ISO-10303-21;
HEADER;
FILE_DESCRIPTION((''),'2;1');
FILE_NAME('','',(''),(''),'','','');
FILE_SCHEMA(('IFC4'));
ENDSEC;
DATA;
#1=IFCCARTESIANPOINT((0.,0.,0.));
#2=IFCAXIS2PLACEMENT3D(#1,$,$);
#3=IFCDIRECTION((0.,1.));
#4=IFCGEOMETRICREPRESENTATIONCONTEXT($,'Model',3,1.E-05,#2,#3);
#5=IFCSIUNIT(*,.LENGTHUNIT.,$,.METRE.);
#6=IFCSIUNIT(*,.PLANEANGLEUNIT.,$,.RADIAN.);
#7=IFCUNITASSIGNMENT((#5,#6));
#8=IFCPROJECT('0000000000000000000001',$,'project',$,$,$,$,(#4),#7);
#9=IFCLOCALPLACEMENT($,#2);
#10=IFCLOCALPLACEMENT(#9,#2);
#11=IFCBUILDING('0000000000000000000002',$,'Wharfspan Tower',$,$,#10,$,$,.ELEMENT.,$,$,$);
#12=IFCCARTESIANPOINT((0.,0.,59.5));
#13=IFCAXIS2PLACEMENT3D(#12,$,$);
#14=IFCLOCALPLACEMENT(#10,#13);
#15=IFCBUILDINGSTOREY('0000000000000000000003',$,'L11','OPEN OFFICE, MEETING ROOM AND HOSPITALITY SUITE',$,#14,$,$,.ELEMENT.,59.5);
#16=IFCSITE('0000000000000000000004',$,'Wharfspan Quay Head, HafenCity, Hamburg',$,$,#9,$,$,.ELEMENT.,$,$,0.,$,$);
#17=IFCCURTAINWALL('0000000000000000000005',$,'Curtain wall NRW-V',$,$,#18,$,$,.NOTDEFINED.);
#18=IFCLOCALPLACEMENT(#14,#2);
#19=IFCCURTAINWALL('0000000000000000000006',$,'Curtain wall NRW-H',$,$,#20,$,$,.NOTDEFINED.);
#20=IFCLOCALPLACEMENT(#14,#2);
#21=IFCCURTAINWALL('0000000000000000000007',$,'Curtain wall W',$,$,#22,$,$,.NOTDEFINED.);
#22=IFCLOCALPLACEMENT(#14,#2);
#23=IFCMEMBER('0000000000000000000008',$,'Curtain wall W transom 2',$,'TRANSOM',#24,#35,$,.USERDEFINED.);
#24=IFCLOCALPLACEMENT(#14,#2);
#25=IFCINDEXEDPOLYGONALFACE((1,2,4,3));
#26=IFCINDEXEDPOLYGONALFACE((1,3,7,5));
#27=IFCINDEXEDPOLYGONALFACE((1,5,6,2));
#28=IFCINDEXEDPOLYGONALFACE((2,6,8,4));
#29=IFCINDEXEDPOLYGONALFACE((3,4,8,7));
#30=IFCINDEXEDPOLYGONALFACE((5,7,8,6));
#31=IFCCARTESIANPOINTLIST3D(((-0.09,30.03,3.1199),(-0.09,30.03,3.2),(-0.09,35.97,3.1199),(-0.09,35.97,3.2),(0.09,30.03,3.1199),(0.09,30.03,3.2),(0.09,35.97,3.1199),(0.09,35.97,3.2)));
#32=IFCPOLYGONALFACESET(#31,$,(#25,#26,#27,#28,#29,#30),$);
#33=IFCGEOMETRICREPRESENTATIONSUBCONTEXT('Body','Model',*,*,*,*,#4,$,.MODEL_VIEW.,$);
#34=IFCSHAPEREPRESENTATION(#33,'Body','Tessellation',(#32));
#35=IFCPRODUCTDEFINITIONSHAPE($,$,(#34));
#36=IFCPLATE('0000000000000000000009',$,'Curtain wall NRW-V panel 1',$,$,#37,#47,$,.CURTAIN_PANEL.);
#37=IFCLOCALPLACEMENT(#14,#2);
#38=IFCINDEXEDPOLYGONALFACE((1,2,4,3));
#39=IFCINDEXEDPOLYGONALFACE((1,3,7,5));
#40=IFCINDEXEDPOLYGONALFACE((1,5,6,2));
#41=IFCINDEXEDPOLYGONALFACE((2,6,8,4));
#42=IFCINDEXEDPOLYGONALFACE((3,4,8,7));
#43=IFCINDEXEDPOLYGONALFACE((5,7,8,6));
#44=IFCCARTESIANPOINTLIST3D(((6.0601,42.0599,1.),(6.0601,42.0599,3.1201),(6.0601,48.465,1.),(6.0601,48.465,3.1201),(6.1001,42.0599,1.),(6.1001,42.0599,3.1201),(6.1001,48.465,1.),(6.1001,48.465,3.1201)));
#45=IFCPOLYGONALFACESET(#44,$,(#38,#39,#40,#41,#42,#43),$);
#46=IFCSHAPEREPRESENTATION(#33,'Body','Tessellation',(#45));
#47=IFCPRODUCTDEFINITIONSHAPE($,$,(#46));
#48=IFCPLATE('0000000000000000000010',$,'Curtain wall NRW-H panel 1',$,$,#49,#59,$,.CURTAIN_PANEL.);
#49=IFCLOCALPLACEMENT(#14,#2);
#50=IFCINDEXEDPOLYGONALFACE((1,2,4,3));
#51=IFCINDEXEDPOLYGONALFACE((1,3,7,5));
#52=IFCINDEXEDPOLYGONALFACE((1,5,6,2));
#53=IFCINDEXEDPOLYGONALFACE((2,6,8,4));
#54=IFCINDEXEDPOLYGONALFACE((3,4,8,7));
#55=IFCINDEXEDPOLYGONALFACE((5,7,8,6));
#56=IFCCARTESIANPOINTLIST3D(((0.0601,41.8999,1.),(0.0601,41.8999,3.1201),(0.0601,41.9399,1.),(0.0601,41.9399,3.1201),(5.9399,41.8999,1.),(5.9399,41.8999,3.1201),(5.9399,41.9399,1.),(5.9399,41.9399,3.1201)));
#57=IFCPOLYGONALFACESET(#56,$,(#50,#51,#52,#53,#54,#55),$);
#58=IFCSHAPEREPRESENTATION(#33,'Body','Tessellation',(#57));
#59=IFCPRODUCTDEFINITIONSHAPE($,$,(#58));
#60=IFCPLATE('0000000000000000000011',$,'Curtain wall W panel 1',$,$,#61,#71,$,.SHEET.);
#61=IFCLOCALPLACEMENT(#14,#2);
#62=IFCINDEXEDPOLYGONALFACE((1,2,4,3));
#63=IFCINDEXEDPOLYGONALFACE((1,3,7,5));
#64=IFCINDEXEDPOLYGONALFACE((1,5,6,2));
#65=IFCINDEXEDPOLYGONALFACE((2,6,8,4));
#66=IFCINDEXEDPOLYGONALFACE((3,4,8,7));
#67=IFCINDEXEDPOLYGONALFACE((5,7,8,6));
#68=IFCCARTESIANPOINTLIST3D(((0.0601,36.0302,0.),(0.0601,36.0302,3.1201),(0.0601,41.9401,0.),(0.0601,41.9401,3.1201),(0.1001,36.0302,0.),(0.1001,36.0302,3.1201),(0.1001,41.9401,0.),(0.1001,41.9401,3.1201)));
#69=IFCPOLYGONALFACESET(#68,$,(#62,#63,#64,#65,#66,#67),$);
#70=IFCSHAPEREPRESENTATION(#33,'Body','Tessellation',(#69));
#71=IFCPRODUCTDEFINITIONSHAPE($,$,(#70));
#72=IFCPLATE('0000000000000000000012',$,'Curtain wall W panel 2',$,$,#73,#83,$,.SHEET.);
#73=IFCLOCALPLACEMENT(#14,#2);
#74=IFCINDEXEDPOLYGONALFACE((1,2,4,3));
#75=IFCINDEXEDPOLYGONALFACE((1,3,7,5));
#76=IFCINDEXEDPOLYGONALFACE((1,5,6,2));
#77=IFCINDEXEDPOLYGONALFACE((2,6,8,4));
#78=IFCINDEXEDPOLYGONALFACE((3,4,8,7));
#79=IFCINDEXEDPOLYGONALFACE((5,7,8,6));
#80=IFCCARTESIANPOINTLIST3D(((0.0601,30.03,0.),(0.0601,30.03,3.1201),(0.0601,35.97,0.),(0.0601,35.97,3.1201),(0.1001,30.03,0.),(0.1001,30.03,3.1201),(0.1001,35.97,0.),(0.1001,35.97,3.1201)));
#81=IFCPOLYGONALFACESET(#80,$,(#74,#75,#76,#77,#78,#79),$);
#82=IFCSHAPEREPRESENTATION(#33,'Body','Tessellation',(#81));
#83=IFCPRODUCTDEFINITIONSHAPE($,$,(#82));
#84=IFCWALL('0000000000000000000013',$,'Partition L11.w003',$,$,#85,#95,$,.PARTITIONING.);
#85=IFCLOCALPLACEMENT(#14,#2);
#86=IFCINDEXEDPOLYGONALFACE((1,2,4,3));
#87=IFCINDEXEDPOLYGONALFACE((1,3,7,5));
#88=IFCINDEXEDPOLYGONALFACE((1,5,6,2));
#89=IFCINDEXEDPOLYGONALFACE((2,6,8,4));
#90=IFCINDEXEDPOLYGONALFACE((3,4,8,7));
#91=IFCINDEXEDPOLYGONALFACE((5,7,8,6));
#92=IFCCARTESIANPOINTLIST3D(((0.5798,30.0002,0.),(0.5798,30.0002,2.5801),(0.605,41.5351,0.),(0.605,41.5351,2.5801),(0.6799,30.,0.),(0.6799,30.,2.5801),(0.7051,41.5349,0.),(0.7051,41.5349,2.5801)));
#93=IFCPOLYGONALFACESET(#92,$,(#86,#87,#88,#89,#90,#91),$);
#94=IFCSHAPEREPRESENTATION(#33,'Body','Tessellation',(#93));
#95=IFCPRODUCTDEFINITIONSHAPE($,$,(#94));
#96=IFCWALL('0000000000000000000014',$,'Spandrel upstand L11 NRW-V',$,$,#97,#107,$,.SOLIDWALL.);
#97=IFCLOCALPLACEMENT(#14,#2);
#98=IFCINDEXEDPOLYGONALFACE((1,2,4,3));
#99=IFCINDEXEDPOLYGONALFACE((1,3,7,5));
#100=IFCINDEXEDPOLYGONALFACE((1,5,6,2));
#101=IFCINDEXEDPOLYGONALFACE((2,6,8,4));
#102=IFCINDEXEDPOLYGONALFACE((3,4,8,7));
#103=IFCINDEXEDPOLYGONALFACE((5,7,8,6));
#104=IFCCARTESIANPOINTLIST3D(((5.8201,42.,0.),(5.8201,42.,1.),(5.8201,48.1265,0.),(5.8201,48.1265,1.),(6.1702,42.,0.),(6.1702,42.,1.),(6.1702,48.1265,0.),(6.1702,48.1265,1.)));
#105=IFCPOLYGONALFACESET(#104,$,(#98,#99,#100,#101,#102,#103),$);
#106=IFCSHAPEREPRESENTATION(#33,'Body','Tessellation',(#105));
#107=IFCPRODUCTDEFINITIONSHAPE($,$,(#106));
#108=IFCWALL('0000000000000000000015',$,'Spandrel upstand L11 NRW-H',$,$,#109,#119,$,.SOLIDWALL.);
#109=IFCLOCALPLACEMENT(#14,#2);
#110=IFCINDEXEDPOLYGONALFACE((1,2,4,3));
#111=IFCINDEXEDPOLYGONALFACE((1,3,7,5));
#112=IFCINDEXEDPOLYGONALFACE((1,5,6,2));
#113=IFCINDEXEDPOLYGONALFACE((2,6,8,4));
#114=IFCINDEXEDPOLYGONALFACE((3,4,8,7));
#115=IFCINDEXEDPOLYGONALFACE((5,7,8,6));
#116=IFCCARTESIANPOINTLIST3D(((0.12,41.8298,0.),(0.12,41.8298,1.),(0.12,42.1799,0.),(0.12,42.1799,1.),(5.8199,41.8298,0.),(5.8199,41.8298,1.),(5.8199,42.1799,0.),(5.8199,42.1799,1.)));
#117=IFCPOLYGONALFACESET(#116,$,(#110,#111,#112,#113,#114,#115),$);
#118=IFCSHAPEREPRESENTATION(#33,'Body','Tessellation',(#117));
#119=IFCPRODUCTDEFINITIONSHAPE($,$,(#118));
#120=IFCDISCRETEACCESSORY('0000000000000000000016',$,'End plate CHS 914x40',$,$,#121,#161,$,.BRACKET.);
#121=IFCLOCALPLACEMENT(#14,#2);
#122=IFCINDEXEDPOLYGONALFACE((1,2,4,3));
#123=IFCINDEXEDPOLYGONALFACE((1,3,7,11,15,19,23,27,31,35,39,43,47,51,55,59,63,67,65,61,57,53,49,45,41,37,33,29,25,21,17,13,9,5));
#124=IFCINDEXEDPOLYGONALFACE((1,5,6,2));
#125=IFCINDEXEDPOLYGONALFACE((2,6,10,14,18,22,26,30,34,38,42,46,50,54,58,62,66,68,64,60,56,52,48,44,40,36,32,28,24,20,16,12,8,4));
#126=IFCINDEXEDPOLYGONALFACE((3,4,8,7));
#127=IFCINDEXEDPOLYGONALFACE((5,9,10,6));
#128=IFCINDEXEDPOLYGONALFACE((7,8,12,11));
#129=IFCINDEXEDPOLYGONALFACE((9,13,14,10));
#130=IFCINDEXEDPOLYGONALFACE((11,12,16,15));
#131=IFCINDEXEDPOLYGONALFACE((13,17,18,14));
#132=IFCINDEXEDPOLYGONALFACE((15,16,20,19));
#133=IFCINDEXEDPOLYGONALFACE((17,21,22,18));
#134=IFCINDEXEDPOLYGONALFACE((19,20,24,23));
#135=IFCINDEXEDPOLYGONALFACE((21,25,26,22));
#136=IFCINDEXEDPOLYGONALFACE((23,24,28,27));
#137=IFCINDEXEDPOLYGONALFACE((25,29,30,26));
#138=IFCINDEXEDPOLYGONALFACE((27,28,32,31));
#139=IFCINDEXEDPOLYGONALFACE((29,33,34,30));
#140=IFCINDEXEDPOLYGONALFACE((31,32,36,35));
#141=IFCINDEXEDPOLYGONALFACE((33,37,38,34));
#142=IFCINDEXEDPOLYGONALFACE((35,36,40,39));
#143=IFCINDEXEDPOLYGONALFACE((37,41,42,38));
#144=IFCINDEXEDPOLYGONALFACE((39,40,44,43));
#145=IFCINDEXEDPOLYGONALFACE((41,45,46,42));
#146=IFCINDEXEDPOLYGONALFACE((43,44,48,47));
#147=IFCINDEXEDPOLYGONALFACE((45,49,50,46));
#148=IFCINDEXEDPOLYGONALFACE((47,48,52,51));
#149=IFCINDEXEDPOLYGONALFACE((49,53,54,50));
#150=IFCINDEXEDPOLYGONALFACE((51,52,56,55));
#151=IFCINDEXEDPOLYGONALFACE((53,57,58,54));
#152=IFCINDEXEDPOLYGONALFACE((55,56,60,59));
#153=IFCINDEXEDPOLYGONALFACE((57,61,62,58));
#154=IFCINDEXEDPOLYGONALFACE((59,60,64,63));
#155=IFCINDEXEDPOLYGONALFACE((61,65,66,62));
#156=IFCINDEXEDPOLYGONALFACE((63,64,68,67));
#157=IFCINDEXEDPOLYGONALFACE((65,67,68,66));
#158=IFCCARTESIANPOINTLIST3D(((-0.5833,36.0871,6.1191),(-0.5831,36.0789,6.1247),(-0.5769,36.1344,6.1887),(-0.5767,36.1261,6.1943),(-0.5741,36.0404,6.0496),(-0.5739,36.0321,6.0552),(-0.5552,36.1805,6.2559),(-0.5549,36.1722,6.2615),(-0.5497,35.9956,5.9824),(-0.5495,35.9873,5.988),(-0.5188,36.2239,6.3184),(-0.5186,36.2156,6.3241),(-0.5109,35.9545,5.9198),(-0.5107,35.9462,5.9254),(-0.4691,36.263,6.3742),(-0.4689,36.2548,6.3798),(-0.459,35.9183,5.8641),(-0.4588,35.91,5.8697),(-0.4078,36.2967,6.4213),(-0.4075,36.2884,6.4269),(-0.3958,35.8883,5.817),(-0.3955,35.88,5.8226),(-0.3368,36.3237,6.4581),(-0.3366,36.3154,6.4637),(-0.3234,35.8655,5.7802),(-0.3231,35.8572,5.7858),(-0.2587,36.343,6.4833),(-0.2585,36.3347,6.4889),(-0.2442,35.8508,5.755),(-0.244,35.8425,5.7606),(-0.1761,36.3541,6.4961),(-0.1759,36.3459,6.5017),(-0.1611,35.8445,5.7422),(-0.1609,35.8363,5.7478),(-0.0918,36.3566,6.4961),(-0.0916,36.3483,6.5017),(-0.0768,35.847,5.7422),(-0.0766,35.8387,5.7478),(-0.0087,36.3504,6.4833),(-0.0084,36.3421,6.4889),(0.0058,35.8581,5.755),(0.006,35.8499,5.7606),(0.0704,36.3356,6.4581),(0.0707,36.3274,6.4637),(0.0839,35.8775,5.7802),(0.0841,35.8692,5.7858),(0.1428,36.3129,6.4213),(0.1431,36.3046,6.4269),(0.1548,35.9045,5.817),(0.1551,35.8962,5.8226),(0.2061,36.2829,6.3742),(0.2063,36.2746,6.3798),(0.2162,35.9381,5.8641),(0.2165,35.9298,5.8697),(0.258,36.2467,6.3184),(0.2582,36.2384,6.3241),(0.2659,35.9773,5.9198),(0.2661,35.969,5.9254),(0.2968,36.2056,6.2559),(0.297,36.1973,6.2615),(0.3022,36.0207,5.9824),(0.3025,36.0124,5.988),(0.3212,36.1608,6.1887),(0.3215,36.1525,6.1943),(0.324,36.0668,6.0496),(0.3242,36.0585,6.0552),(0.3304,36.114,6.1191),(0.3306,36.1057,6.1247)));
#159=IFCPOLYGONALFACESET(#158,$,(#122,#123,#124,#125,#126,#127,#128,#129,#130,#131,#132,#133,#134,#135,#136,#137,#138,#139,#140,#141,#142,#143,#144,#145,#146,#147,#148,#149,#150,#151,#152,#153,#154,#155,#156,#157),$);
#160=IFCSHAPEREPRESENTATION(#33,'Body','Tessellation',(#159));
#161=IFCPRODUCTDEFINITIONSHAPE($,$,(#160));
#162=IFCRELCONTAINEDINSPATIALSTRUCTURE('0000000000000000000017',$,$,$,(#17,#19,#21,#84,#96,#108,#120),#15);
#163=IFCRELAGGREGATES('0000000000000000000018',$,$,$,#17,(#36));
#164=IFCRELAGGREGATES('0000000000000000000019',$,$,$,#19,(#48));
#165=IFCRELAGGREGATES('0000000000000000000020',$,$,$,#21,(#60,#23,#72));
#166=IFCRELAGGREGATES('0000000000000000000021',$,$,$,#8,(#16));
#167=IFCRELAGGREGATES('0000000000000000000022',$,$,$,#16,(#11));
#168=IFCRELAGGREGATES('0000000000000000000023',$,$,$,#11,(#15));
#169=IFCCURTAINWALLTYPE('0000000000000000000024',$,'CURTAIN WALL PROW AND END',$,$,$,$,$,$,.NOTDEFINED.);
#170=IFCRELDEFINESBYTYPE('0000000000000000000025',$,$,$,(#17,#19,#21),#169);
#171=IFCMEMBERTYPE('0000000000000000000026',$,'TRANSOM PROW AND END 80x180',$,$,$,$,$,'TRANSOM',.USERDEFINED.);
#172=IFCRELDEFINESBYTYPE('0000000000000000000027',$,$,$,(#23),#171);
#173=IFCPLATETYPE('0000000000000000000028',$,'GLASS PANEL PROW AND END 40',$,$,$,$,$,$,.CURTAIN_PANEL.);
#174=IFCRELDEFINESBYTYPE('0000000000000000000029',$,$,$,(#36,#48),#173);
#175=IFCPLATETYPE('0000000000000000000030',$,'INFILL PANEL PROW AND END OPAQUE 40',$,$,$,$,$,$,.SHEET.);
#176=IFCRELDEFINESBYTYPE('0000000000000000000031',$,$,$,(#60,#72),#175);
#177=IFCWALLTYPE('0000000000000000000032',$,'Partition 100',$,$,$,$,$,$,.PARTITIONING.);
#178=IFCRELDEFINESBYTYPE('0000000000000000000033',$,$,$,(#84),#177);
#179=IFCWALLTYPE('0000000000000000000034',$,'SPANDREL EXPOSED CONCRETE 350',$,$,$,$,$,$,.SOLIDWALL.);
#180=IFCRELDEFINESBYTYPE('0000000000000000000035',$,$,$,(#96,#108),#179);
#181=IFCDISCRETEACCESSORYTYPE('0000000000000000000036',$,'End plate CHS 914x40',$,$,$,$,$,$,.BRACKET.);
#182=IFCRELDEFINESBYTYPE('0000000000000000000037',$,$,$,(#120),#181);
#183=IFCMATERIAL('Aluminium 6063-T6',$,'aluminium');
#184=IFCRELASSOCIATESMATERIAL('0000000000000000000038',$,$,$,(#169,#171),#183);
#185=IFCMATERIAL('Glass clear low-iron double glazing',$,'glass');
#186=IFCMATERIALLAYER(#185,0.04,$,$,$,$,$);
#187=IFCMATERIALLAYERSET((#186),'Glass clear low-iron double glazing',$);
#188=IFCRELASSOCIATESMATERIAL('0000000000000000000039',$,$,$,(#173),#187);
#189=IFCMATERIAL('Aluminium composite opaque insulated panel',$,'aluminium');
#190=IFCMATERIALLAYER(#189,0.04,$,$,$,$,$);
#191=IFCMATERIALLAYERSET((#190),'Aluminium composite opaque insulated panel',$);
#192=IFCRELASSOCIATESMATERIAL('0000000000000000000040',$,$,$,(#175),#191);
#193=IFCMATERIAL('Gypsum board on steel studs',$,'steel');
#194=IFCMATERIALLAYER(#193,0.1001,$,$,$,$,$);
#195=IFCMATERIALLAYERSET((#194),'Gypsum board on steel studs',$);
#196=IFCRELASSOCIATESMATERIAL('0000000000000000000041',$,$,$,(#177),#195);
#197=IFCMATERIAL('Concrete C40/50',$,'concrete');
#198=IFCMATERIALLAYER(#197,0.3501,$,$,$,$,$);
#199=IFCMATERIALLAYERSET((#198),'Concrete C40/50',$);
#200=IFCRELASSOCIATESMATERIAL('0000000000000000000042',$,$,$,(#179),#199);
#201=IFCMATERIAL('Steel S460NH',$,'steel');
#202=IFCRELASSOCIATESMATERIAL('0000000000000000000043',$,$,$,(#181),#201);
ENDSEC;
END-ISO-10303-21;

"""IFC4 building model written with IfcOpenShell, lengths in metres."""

from ifc_helpers import new_model, si_unit, direction, frame, frame_2d, origin, origin_2d, place, context, subcontext, project, spatial, rectangle, circle, extrude, material, layer, layer_set, material_profile, profile_set, type_object, element, aggregate, save


model = new_model("IFC4")

# Units and contexts
model_context = context("Model", 3, precision=1e-05, world=origin(), true_north=direction((0.0, 1.0)))
body_context = subcontext(model_context, "Body", "Model", "MODEL_VIEW")
ifc_project = project(units=[si_unit("LENGTHUNIT", "METRE"), si_unit("PLANEANGLEUNIT", "RADIAN")], contexts=[model_context])

# Site, building, storey
site_placement = place(None, origin())
site = spatial("IfcSite", under=ifc_project, at=site_placement, Name="Wharfspan Quay Head, HafenCity, Hamburg", CompositionType="ELEMENT", RefElevation=0.0)
building_placement = place(site_placement, origin())
building = spatial("IfcBuilding", under=site, at=building_placement, Name="Wharfspan Tower", CompositionType="ELEMENT")
storey_placement = place(building_placement, frame((0.0, 0.0, 59.5)))
storey = spatial("IfcBuildingStorey", under=building, at=storey_placement, Name="L11", Description="OPEN OFFICE, MEETING ROOM AND HOSPITALITY SUITE", CompositionType="ELEMENT", Elevation=59.5)

# Curtain walls
ifc_material_1 = material(Name="Aluminium 6063-T6", Category="aluminium")
curtain_wall_type = type_object("IfcCurtainWallType", Name="CURTAIN WALL PROW AND END", PredefinedType="NOTDEFINED", material=ifc_material_1)
curtain_wall_1_placement = place(storey_placement, origin())
curtain_wall_1 = element("IfcCurtainWall", 1, at=curtain_wall_1_placement, inside=storey, type_object=curtain_wall_type, Name="Curtain wall NRW-V", PredefinedType="NOTDEFINED")
curtain_wall_2_placement = place(storey_placement, origin())
curtain_wall_2 = element("IfcCurtainWall", 2, at=curtain_wall_2_placement, inside=storey, type_object=curtain_wall_type, Name="Curtain wall NRW-H", PredefinedType="NOTDEFINED")
curtain_wall_3_placement = place(storey_placement, origin())
curtain_wall_3 = element("IfcCurtainWall", 3, at=curtain_wall_3_placement, inside=storey, type_object=curtain_wall_type, Name="Curtain wall W", PredefinedType="NOTDEFINED")

# Shared definitions
ifc_material_2 = material(Name="Steel S460NH", Category="steel")

# Member
ifc_material_profile_1 = material_profile(ifc_material_1, rectangle(XDim=0.1799, YDim=0.0801, at=origin_2d()))
ifc_profile_set_1 = profile_set([ifc_material_profile_1], Name="Aluminium 6063-T6")
member_type_1 = type_object("IfcMemberType", Name="TRANSOM PROW AND END 80x180", ElementType="TRANSOM", PredefinedType="USERDEFINED", material=ifc_profile_set_1)
member_1_placement = place(storey_placement, frame((0.0, 35.97, 3.1599), z_axis=(0.0, -1.0, 0.0), x_axis=(1.0, 0.0, 0.0)))
member_1 = element("IfcMember", 4, at=member_1_placement, type_object=member_type_1, Name="Curtain wall W transom 2", ObjectType="TRANSOM", PredefinedType="USERDEFINED", context=body_context, shape_type="SweptSolid", body=[
    extrude(rectangle(XDim=0.1799, YDim=0.0801, at=origin_2d()), origin(), (0.0, 0.0, 1.0), 5.9399),
])

# Plates
ifc_material_3 = material(Name="Glass clear low-iron double glazing", Category="glass")
ifc_layer_1 = layer(ifc_material_3, 0.04)
ifc_layer_set_1 = layer_set([ifc_layer_1], Name="Glass clear low-iron double glazing")
plate_type_1 = type_object("IfcPlateType", Name="GLASS PANEL PROW AND END 40", PredefinedType="CURTAIN_PANEL", material=ifc_layer_set_1)
plate_1_placement = place(storey_placement, frame((6.0801, 45.2625, 1.0), z_axis=(0.0, 0.0, 1.0), x_axis=(0.0, -1.0, 0.0)))
plate_1 = element("IfcPlate", 5, at=plate_1_placement, type_object=plate_type_1, Name="Curtain wall NRW-V panel 1", PredefinedType="CURTAIN_PANEL", context=body_context, shape_type="SweptSolid", body=[
    extrude(rectangle(XDim=6.405, YDim=0.04, at=origin_2d()), origin(), (0.0, 0.0, 1.0), 2.1201),
])
aggregate(curtain_wall_1, [plate_1])
plate_2_placement = place(storey_placement, frame((3.0, 41.9199, 1.0), z_axis=(0.0, 0.0, 1.0), x_axis=(-1.0, 0.0, 0.0)))
plate_2 = element("IfcPlate", 6, at=plate_2_placement, type_object=plate_type_1, Name="Curtain wall NRW-H panel 1", PredefinedType="CURTAIN_PANEL", context=body_context, shape_type="SweptSolid", body=[
    extrude(rectangle(XDim=5.8799, YDim=0.04, at=origin_2d()), origin(), (0.0, 0.0, 1.0), 2.1201),
])
aggregate(curtain_wall_2, [plate_2])
ifc_material_4 = material(Name="Aluminium composite opaque insulated panel", Category="aluminium")
ifc_layer_2 = layer(ifc_material_4, 0.04)
ifc_layer_set_2 = layer_set([ifc_layer_2], Name="Aluminium composite opaque insulated panel")
plate_type_2 = type_object("IfcPlateType", Name="INFILL PANEL PROW AND END OPAQUE 40", PredefinedType="SHEET", material=ifc_layer_set_2)
plate_3_placement = place(storey_placement, frame((0.0801, 38.9851, 0.0), z_axis=(0.0, 0.0, 1.0), x_axis=(0.0, -1.0, 0.0)))
plate_3 = element("IfcPlate", 7, at=plate_3_placement, type_object=plate_type_2, Name="Curtain wall W panel 1", PredefinedType="SHEET", context=body_context, shape_type="SweptSolid", body=[
    extrude(rectangle(XDim=5.9099, YDim=0.04, at=origin_2d()), origin(), (0.0, 0.0, 1.0), 3.1201),
])
plate_4_placement = place(storey_placement, frame((0.0801, 33.0, 0.0), z_axis=(0.0, 0.0, 1.0), x_axis=(0.0, -1.0, 0.0)))
plate_4 = element("IfcPlate", 8, at=plate_4_placement, type_object=plate_type_2, Name="Curtain wall W panel 2", PredefinedType="SHEET", context=body_context, shape_type="SweptSolid", body=[
    extrude(rectangle(XDim=5.9399, YDim=0.04, at=origin_2d()), origin(), (0.0, 0.0, 1.0), 3.1201),
])
aggregate(curtain_wall_3, [plate_3, member_1, plate_4])

# Walls
ifc_material_5 = material(Name="Gypsum board on steel studs", Category="steel")
ifc_layer_3 = layer(ifc_material_5, 0.1001)
ifc_layer_set_3 = layer_set([ifc_layer_3], Name="Gypsum board on steel studs")
wall_type_1 = type_object("IfcWallType", Name="Partition 100", PredefinedType="PARTITIONING", material=ifc_layer_set_3)
wall_1_placement = place(storey_placement, frame((0.6299, 30.0, 0.0), z_axis=(0.0, 0.0, 1.0), x_axis=(0.00218, 0.999994, 0.0)))
element("IfcWall", 9, at=wall_1_placement, inside=storey, type_object=wall_type_1, Name="Partition L11.w003", PredefinedType="PARTITIONING", context=body_context, shape_type="SweptSolid", body=[
    extrude(rectangle(XDim=11.5349, YDim=0.1001, at=frame_2d((5.7676, 0.0))), origin(), (0.0, 0.0, 1.0), 2.5801),
])
ifc_material_6 = material(Name="Concrete C40/50", Category="concrete")
ifc_layer_4 = layer(ifc_material_6, 0.3501)
ifc_layer_set_4 = layer_set([ifc_layer_4], Name="Concrete C40/50")
wall_type_2 = type_object("IfcWallType", Name="SPANDREL EXPOSED CONCRETE 350", PredefinedType="SOLIDWALL", material=ifc_layer_set_4)
wall_2_placement = place(storey_placement, frame((5.9951, 48.1265, 0.0), z_axis=(0.0, 0.0, 1.0), x_axis=(0.0, -1.0, 0.0)))
element("IfcWall", 10, at=wall_2_placement, inside=storey, type_object=wall_type_2, Name="Spandrel upstand L11 NRW-V", PredefinedType="SOLIDWALL", context=body_context, shape_type="SweptSolid", body=[
    extrude(rectangle(XDim=6.1265, YDim=0.3501, at=frame_2d((3.0632, 0.0))), origin(), (0.0, 0.0, 1.0), 1.0),
])
wall_3_placement = place(storey_placement, frame((5.8201, 42.0049, 0.0), z_axis=(0.0, 0.0, 1.0), x_axis=(-1.0, 0.0, 0.0)))
element("IfcWall", 11, at=wall_3_placement, inside=storey, type_object=wall_type_2, Name="Spandrel upstand L11 NRW-H", PredefinedType="SOLIDWALL", context=body_context, shape_type="SweptSolid", body=[
    extrude(rectangle(XDim=5.7, YDim=0.3501, at=frame_2d((2.8501, 0.0))), origin(), (0.0, 0.0, 1.0), 1.0),
])

# Discrete accessory
ifc_material_profile_2 = material_profile(ifc_material_2, circle(Radius=0.457, at=origin_2d()))
ifc_profile_set_2 = profile_set([ifc_material_profile_2], Name="Steel S460NH")
discrete_accessory_type = type_object("IfcDiscreteAccessoryType", Name="End plate CHS 914x40", PredefinedType="BRACKET", material=ifc_profile_set_2)
for number, where, z_axis, x_axis, name in (
    (12, (-0.1265, 36.1006, 6.1191), (0.024354, -0.828038, 0.560143), (0.999568, 0.029399, 0.0), "End plate CHS 914x40"),
):
    element("IfcDiscreteAccessory", number, at=place(storey_placement, frame(where, z_axis=z_axis, x_axis=x_axis)), inside=storey, type_object=discrete_accessory_type, Name=name, PredefinedType="BRACKET", context=body_context, shape_type="SweptSolid", body=[
        extrude(circle(Radius=0.457, at=origin_2d()), origin(), (0.0, 0.0, 1.0), 0.01),
    ])

save(model, "model.ifc")
